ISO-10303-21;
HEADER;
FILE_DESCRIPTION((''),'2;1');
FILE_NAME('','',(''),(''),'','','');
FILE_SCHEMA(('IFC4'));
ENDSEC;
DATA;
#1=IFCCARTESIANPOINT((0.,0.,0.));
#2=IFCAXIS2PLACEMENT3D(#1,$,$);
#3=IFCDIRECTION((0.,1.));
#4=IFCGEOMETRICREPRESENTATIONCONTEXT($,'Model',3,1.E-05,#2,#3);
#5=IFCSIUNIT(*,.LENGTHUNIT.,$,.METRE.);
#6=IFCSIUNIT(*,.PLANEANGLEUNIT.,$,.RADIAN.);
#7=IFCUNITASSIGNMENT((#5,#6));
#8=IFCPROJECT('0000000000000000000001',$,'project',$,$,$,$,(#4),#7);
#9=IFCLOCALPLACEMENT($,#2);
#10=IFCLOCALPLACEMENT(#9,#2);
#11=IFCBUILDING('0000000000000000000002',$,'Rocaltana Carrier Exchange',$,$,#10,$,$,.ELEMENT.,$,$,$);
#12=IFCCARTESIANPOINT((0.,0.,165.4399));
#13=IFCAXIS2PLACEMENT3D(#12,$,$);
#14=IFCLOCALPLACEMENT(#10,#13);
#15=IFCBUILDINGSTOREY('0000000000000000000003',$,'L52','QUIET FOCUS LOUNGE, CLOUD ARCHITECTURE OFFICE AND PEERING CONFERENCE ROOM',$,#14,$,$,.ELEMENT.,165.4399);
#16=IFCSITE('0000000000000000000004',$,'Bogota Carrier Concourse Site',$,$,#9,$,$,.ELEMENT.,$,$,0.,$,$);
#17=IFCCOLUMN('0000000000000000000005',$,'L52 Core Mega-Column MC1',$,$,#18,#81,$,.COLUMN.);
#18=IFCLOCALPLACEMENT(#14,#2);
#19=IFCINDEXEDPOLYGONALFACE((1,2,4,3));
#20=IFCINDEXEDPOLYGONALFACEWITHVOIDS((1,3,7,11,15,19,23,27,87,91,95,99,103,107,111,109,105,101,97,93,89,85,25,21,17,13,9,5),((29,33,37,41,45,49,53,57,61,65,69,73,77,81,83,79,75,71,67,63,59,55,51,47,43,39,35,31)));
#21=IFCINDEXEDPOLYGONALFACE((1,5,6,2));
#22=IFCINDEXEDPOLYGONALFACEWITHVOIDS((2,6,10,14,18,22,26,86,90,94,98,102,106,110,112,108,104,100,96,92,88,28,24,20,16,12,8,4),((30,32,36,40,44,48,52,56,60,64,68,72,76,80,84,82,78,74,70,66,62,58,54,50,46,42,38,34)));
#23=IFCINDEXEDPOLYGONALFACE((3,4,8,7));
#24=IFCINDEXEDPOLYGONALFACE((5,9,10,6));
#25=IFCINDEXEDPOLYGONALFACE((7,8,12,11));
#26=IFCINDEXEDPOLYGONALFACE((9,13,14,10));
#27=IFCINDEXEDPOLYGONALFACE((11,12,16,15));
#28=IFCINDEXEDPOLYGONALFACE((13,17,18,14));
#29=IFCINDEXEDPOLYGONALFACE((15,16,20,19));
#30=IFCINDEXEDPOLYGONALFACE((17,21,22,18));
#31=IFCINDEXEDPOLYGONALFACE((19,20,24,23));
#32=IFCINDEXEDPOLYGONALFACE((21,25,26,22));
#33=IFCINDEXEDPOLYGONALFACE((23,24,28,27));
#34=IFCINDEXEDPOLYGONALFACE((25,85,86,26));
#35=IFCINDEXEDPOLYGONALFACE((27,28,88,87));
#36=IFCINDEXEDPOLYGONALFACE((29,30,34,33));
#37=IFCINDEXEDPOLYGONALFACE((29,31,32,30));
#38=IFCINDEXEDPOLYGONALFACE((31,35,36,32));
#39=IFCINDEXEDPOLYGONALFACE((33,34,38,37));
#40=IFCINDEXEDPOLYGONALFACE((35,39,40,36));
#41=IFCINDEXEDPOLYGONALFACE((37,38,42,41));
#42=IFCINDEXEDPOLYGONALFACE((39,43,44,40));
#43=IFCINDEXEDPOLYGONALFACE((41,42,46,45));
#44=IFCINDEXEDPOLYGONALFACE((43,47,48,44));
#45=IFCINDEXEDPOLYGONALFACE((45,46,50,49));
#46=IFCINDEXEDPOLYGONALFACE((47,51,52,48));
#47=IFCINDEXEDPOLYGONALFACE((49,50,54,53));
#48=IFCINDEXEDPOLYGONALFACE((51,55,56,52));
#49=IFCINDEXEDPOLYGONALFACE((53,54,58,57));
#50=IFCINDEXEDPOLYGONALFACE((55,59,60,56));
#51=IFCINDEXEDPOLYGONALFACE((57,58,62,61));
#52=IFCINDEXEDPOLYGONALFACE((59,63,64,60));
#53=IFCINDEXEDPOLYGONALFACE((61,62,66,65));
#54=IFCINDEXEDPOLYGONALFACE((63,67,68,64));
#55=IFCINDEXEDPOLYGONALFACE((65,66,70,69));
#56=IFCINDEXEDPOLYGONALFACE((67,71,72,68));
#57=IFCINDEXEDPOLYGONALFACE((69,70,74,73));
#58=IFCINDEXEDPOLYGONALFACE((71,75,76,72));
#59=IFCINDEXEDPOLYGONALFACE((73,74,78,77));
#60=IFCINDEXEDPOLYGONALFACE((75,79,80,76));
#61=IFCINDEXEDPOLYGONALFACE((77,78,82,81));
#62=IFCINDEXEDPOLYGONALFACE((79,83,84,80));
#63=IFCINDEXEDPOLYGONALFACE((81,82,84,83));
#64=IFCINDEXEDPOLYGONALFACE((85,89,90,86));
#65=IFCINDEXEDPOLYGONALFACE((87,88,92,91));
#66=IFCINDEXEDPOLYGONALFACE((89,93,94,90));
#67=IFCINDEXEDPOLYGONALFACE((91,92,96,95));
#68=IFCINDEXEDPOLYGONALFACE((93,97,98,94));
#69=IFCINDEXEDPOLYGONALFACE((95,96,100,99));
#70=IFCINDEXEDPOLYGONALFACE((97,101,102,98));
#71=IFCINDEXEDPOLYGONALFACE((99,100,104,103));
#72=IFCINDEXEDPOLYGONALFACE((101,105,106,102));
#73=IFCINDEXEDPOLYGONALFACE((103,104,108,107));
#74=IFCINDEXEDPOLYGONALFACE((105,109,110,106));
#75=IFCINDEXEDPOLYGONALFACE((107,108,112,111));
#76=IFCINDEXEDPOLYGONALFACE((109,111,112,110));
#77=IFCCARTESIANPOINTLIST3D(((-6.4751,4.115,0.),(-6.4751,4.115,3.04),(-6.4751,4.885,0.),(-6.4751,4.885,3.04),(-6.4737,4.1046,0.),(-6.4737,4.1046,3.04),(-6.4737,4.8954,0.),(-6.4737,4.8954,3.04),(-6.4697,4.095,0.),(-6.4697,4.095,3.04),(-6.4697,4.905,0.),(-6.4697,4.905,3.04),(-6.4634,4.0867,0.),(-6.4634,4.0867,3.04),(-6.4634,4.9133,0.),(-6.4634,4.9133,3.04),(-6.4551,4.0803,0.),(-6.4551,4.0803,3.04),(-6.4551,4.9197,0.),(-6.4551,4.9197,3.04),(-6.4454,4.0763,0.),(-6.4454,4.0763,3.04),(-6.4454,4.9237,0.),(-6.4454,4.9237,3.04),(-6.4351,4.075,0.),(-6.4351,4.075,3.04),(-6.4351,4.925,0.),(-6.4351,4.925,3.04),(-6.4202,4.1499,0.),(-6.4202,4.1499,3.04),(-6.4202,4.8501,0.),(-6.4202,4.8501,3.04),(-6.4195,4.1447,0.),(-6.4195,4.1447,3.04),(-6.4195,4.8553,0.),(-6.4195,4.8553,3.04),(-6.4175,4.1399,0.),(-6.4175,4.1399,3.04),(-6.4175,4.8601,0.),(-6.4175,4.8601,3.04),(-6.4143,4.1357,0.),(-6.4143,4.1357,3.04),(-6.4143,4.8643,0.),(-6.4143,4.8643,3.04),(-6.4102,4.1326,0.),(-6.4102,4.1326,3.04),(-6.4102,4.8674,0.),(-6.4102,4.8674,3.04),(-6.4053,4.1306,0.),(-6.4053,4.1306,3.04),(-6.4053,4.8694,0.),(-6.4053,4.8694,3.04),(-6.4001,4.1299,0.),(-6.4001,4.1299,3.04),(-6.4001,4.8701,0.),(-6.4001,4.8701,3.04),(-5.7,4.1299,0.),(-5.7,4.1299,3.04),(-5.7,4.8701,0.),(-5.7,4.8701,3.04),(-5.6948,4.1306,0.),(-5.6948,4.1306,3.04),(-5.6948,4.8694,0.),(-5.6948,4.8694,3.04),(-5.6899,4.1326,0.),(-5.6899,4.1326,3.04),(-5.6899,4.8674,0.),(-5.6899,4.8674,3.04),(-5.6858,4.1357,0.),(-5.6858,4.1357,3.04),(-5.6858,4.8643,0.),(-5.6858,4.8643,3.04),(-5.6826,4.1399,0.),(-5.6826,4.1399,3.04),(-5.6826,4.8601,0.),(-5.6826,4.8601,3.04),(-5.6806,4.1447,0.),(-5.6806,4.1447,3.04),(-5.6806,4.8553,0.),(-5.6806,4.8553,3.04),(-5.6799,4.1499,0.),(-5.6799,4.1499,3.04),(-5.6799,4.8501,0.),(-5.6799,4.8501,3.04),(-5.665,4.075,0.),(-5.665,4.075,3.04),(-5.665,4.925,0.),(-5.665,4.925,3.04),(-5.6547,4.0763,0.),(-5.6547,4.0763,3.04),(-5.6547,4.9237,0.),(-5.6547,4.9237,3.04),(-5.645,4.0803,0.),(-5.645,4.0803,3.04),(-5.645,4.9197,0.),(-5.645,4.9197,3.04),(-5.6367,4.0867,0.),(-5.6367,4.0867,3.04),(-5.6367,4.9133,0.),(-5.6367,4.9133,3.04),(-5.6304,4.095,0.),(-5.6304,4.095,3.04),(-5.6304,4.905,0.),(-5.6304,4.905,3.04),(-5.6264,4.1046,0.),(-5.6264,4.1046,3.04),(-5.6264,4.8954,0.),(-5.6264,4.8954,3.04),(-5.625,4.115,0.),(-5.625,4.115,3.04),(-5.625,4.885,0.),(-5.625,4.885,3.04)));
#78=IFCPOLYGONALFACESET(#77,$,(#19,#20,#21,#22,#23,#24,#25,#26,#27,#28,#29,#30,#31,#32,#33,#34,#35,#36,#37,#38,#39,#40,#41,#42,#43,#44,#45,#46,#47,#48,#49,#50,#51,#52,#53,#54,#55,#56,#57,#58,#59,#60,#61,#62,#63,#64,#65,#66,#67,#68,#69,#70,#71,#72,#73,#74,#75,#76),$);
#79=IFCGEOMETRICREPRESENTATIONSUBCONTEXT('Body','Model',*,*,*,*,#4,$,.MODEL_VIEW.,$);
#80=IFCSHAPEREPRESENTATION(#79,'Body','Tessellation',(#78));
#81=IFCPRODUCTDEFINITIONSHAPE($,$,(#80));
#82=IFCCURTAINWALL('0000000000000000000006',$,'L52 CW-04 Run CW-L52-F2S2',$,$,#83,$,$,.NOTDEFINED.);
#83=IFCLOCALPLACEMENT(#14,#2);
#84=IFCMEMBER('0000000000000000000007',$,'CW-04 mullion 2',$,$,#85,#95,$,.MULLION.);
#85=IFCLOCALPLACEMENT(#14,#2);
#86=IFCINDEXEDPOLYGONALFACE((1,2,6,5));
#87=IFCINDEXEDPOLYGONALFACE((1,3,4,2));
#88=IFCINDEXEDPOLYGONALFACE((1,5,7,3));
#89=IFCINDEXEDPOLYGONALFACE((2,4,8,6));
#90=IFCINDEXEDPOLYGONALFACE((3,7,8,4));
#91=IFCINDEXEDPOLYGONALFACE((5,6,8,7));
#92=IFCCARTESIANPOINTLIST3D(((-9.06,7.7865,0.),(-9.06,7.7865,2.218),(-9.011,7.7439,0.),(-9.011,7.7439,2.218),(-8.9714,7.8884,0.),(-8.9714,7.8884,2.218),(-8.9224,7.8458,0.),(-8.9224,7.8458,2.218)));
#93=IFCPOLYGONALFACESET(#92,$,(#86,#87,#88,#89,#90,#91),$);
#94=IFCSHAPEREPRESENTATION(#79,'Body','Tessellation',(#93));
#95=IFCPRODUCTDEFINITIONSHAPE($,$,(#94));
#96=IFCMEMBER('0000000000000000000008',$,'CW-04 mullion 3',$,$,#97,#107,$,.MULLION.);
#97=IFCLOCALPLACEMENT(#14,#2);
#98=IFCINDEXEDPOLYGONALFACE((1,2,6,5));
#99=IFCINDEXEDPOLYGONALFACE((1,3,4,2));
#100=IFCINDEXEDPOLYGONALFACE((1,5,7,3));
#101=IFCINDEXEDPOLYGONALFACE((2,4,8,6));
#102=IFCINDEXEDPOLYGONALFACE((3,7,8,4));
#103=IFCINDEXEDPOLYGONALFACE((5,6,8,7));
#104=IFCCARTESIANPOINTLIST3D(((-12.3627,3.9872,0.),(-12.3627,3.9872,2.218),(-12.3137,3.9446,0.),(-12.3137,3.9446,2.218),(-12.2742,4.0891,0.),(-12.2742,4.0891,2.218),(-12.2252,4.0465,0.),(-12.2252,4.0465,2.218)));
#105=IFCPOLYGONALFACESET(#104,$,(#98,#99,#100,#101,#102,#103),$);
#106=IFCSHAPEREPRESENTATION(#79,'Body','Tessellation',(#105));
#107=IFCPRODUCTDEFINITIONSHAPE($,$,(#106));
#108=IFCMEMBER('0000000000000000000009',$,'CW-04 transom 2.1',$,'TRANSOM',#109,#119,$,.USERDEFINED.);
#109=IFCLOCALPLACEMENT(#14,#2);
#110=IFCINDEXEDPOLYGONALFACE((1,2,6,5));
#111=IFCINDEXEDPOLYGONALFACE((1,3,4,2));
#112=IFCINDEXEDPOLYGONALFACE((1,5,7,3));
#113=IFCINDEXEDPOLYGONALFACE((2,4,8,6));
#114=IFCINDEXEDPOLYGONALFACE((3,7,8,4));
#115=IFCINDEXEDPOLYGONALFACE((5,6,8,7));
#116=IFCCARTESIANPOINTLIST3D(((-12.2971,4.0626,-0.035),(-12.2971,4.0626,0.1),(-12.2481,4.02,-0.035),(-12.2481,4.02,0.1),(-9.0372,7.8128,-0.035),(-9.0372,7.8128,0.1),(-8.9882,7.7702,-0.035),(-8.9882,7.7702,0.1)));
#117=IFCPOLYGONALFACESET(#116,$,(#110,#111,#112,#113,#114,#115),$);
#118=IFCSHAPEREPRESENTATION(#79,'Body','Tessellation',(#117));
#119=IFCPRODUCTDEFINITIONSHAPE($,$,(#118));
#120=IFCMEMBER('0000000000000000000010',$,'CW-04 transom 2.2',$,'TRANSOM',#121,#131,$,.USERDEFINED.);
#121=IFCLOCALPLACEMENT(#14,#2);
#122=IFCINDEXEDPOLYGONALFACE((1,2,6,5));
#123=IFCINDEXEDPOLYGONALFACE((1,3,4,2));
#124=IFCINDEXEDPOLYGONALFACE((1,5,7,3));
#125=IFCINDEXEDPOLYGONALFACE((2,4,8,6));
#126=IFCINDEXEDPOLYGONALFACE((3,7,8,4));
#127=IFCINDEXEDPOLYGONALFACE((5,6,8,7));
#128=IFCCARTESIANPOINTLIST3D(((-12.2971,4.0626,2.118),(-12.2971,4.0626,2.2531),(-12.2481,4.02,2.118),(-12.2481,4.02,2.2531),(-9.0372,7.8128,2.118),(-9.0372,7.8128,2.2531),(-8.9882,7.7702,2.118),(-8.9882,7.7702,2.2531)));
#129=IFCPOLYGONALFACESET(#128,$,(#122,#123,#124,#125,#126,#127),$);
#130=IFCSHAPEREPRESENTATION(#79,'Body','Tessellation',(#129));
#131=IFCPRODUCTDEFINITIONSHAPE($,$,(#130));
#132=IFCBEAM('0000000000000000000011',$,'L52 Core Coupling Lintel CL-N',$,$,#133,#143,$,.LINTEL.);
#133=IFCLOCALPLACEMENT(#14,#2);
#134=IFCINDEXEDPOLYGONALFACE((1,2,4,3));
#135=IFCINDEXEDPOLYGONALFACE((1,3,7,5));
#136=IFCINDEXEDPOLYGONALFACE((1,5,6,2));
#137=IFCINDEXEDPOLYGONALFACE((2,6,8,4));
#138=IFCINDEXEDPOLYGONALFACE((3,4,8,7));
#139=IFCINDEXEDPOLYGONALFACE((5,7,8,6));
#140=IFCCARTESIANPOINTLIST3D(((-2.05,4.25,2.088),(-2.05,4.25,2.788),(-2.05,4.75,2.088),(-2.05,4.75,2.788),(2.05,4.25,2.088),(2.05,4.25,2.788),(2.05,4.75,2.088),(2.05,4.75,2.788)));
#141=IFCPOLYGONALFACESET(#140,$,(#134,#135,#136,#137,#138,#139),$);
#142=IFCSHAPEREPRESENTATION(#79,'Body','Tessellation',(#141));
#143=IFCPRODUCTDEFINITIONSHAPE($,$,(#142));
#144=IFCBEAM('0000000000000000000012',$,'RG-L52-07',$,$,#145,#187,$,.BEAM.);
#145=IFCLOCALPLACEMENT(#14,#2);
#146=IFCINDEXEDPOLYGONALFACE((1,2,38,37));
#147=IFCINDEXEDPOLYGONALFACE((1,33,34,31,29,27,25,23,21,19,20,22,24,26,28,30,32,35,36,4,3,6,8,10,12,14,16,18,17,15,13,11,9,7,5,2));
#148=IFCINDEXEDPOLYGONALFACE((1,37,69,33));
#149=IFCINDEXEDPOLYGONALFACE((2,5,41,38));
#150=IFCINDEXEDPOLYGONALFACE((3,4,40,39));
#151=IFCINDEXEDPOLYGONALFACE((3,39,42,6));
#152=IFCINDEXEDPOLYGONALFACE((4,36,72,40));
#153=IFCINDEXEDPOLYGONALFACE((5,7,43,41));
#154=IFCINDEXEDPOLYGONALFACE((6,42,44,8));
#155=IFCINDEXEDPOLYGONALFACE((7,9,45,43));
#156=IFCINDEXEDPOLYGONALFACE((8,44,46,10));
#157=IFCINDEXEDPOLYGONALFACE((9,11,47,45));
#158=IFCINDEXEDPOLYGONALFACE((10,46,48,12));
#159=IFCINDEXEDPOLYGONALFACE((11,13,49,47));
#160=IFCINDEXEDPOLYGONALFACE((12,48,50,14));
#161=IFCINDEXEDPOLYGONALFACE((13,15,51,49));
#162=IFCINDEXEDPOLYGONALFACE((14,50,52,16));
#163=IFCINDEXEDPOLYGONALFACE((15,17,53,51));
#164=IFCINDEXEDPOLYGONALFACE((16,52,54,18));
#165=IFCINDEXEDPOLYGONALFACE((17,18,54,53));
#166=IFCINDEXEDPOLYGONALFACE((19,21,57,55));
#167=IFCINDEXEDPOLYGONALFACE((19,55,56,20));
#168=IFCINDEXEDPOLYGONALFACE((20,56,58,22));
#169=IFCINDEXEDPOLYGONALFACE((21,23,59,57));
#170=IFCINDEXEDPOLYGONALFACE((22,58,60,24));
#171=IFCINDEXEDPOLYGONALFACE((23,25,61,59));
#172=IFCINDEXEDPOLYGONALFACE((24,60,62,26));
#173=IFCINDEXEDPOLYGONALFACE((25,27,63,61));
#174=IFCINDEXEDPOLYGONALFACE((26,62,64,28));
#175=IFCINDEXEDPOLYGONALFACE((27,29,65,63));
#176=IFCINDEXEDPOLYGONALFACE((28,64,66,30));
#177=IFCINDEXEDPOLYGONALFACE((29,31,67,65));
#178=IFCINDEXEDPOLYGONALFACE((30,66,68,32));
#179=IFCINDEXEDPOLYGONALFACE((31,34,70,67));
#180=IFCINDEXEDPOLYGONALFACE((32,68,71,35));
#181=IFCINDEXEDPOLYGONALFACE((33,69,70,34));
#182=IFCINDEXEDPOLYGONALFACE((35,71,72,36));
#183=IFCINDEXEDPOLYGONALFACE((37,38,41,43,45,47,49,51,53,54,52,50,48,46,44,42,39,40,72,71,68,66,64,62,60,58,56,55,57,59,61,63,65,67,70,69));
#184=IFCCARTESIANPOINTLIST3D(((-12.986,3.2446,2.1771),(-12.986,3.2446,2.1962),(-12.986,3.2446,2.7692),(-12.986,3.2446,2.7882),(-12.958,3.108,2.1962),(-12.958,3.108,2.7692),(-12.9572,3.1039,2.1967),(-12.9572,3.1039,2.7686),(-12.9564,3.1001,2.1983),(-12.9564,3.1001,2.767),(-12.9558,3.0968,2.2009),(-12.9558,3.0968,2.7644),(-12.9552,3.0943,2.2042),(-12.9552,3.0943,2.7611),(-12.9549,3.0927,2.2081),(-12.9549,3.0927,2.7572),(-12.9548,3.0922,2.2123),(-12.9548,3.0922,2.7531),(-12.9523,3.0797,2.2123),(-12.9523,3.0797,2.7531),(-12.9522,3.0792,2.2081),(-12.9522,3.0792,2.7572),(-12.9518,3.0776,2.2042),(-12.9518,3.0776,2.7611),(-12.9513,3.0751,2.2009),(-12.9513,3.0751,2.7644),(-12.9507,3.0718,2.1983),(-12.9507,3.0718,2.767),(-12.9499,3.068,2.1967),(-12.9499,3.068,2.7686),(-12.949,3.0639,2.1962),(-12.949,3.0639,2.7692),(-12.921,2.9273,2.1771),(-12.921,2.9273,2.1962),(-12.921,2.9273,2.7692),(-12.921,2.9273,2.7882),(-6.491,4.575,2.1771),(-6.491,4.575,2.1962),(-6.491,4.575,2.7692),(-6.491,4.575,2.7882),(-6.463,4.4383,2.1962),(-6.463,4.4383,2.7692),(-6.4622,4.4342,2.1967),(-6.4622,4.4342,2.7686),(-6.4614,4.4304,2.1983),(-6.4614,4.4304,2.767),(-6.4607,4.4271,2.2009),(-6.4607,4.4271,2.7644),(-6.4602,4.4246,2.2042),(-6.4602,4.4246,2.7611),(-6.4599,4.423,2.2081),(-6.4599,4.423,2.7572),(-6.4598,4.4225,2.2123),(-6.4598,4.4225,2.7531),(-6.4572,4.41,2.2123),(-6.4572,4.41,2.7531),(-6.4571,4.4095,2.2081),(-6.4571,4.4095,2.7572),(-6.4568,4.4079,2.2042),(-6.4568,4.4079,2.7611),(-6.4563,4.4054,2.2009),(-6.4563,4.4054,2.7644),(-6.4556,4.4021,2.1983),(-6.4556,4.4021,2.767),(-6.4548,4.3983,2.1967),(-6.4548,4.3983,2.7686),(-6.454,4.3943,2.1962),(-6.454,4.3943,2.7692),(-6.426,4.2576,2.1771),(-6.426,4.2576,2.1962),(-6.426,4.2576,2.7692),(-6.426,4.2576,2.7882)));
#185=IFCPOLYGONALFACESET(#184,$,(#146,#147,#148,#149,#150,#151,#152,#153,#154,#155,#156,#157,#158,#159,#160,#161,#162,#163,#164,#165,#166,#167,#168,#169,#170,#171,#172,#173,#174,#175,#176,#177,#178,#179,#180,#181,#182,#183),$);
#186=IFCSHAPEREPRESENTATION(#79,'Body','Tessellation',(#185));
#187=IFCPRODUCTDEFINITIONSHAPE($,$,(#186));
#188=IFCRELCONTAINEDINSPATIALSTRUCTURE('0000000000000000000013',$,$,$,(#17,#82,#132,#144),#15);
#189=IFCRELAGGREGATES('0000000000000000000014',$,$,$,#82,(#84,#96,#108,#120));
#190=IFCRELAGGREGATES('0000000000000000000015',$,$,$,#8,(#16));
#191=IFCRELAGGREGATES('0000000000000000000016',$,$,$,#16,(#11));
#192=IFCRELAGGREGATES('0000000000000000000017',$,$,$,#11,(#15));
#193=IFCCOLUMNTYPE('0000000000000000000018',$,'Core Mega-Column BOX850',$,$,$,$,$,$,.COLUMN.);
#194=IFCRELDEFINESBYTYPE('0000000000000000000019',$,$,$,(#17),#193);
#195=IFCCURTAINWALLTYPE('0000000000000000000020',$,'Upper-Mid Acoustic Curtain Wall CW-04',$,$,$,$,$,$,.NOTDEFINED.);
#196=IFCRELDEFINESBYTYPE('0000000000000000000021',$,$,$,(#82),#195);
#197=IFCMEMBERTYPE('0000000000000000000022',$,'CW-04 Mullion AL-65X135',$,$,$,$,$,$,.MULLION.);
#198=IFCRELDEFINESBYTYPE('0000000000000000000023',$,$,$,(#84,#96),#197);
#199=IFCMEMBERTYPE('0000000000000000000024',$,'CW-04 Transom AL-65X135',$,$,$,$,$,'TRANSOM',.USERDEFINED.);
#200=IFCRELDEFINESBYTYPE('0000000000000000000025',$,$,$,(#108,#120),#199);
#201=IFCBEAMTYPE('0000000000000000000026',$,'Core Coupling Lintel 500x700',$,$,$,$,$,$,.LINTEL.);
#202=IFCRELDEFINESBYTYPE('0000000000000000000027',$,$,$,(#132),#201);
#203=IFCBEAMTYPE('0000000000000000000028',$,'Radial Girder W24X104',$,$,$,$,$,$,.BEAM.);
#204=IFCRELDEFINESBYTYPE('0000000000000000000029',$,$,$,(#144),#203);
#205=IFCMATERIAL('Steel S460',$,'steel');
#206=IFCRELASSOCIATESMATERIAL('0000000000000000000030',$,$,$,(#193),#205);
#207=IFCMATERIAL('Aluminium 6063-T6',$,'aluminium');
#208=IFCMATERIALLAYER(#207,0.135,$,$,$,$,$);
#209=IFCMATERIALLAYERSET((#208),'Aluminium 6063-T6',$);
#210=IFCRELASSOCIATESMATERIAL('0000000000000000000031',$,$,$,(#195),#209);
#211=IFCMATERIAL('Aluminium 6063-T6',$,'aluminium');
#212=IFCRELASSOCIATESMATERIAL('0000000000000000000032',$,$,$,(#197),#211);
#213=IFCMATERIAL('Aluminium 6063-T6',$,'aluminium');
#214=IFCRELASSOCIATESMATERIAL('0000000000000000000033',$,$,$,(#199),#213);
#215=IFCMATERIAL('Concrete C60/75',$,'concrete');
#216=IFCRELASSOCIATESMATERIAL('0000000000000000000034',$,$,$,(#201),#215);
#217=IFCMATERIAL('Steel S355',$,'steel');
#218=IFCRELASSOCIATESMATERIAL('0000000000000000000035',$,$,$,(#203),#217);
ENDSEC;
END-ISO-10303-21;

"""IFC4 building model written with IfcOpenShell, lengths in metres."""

from ifc_helpers import new_model, si_unit, direction, frame, origin, origin_2d, place, context, subcontext, project, spatial, rectangle, hollow_rectangle, i_section, extrude, material, layer, layer_set, material_profile, profile_set, type_object, element, aggregate, save


model = new_model("IFC4")

# Units and contexts
model_context = context("Model", 3, precision=1e-05, world=origin(), true_north=direction((0.0, 1.0)))
body_context = subcontext(model_context, "Body", "Model", "MODEL_VIEW")
ifc_project = project(units=[si_unit("LENGTHUNIT", "METRE"), si_unit("PLANEANGLEUNIT", "RADIAN")], contexts=[model_context])

# Site, building, storey
site_placement = place(None, origin())
site = spatial("IfcSite", under=ifc_project, at=site_placement, Name="Bogota Carrier Concourse Site", CompositionType="ELEMENT", RefElevation=0.0)
building_placement = place(site_placement, origin())
building = spatial("IfcBuilding", under=site, at=building_placement, Name="Rocaltana Carrier Exchange", CompositionType="ELEMENT")
storey_placement = place(building_placement, frame((0.0, 0.0, 165.4399)))
storey = spatial("IfcBuildingStorey", under=building, at=storey_placement, Name="L52", Description="QUIET FOCUS LOUNGE, CLOUD ARCHITECTURE OFFICE AND PEERING CONFERENCE ROOM", CompositionType="ELEMENT", Elevation=165.4399)

# Column
ifc_material_1 = material(Name="Steel S460", Category="steel")
ifc_material_profile_1 = material_profile(ifc_material_1, hollow_rectangle(XDim=0.8501, YDim=0.8501, WallThickness=0.0549, InnerFilletRadius=0.02, OuterFilletRadius=0.04, at=origin_2d()), Name="BOX850X850X55")
ifc_profile_set_1 = profile_set([ifc_material_profile_1], Name="Steel S460")
column_type = type_object("IfcColumnType", Name="Core Mega-Column BOX850", PredefinedType="COLUMN", material=ifc_profile_set_1)
column_placement = place(storey_placement, frame((-6.05, 4.5, 0.0), z_axis=(0.0, 0.0, 1.0), x_axis=(1.0, 0.0, 0.0)))
element("IfcColumn", 1, at=column_placement, inside=storey, type_object=column_type, Name="L52 Core Mega-Column MC1", PredefinedType="COLUMN", context=body_context, shape_type="SweptSolid", body=[
    extrude(hollow_rectangle(XDim=0.8501, YDim=0.8501, WallThickness=0.0549, InnerFilletRadius=0.02, OuterFilletRadius=0.04, at=origin_2d()), origin(), (0.0, 0.0, 1.0), 3.04),
])

# Curtain wall, members
ifc_material_2 = material(Name="Aluminium 6063-T6", Category="aluminium")
ifc_layer_1 = layer(ifc_material_2, 0.135)
ifc_layer_set_1 = layer_set([ifc_layer_1], Name="Aluminium 6063-T6")
curtain_wall_type = type_object("IfcCurtainWallType", Name="Upper-Mid Acoustic Curtain Wall CW-04", PredefinedType="NOTDEFINED", material=ifc_layer_set_1)
curtain_wall_placement = place(storey_placement, origin())
curtain_wall = element("IfcCurtainWall", 2, at=curtain_wall_placement, inside=storey, type_object=curtain_wall_type, Name="L52 CW-04 Run CW-L52-F2S2", PredefinedType="NOTDEFINED")
ifc_material_3 = material(Name="Aluminium 6063-T6", Category="aluminium")
ifc_material_profile_2 = material_profile(ifc_material_3, rectangle(XDim=0.0649, YDim=0.135, at=origin_2d()), Name="AL-65X135")
ifc_profile_set_2 = profile_set([ifc_material_profile_2], Name="Aluminium 6063-T6")
member_type_1 = type_object("IfcMemberType", Name="CW-04 Mullion AL-65X135", PredefinedType="MULLION", material=ifc_profile_set_2)
member_1_placement = place(storey_placement, frame((-8.9912, 7.8162, 0.0), z_axis=(0.0, 0.0, 1.0), x_axis=(0.754712, -0.656057, 0.0)))
member_1 = element("IfcMember", 3, at=member_1_placement, type_object=member_type_1, Name="CW-04 mullion 2", PredefinedType="MULLION", context=body_context, shape_type="SweptSolid", body=[
    extrude(rectangle(XDim=0.0649, YDim=0.135, at=origin_2d()), origin(), (0.0, 0.0, 1.0), 2.218),
])
member_2_placement = place(storey_placement, frame((-12.2939, 4.0168, 0.0), z_axis=(0.0, 0.0, 1.0), x_axis=(0.754712, -0.656057, 0.0)))
member_2 = element("IfcMember", 4, at=member_2_placement, type_object=member_type_1, Name="CW-04 mullion 3", PredefinedType="MULLION", context=body_context, shape_type="SweptSolid", body=[
    extrude(rectangle(XDim=0.0649, YDim=0.135, at=origin_2d()), origin(), (0.0, 0.0, 1.0), 2.218),
])
ifc_material_4 = material(Name="Aluminium 6063-T6", Category="aluminium")
ifc_material_profile_3 = material_profile(ifc_material_4, rectangle(XDim=0.0649, YDim=0.135, at=origin_2d()), Name="AL-65X135")
ifc_profile_set_3 = profile_set([ifc_material_profile_3], Name="Aluminium 6063-T6")
member_type_2 = type_object("IfcMemberType", Name="CW-04 Transom AL-65X135", ElementType="TRANSOM", PredefinedType="USERDEFINED", material=ifc_profile_set_3)
member_3_placement = place(storey_placement, frame((-9.0127, 7.7915, 0.0325), z_axis=(-0.656056, -0.754712, 0.0), x_axis=(0.754712, -0.656056, 0.0)))
member_3 = element("IfcMember", 5, at=member_3_placement, type_object=member_type_2, Name="CW-04 transom 2.1", ObjectType="TRANSOM", PredefinedType="USERDEFINED", context=body_context, shape_type="SweptSolid", body=[
    extrude(rectangle(XDim=0.0649, YDim=0.135, at=origin_2d()), origin(), (0.0, 0.0, 1.0), 4.969),
])
member_4_placement = place(storey_placement, frame((-9.0127, 7.7915, 2.1855), z_axis=(-0.656056, -0.754712, 0.0), x_axis=(0.754712, -0.656056, 0.0)))
member_4 = element("IfcMember", 6, at=member_4_placement, type_object=member_type_2, Name="CW-04 transom 2.2", ObjectType="TRANSOM", PredefinedType="USERDEFINED", context=body_context, shape_type="SweptSolid", body=[
    extrude(rectangle(XDim=0.0649, YDim=0.135, at=origin_2d()), origin(), (0.0, 0.0, 1.0), 4.969),
])

# Beams
ifc_material_5 = material(Name="Concrete C60/75", Category="concrete")
ifc_material_profile_4 = material_profile(ifc_material_5, rectangle(XDim=0.5, YDim=0.7, at=origin_2d()), Name="RC-BM-500X700")
ifc_profile_set_4 = profile_set([ifc_material_profile_4], Name="Concrete C60/75")
beam_type_1 = type_object("IfcBeamType", Name="Core Coupling Lintel 500x700", PredefinedType="LINTEL", material=ifc_profile_set_4)
beam_1_placement = place(storey_placement, frame((-2.05, 4.5, 2.438), z_axis=(1.0, 0.0, 0.0), x_axis=(0.0, 1.0, 0.0)))
element("IfcBeam", 7, at=beam_1_placement, inside=storey, type_object=beam_type_1, Name="L52 Core Coupling Lintel CL-N", PredefinedType="LINTEL", context=body_context, shape_type="SweptSolid", body=[
    extrude(rectangle(XDim=0.5, YDim=0.7, at=origin_2d()), origin(), (0.0, 0.0, 1.0), 4.1001),
])
ifc_material_6 = material(Name="Steel S355", Category="steel")
ifc_material_profile_5 = material_profile(ifc_material_6, i_section(OverallWidth=0.324, OverallDepth=0.6111, WebThickness=0.0127, FlangeThickness=0.019, FilletRadius=0.0161, at=origin_2d()), Name="W24X104")
ifc_profile_set_5 = profile_set([ifc_material_profile_5], Name="Steel S355")
beam_type_2 = type_object("IfcBeamType", Name="Radial Girder W24X104", PredefinedType="BEAM", material=ifc_profile_set_5)
beam_2_placement = place(storey_placement, frame((-6.4585, 4.4163, 2.4827), z_axis=(-0.979662, -0.200653, 0.0), x_axis=(0.200653, -0.979662, 0.0)))
element("IfcBeam", 8, at=beam_2_placement, inside=storey, type_object=beam_type_2, Name="RG-L52-07", PredefinedType="BEAM", context=body_context, shape_type="SweptSolid", body=[
    extrude(i_section(OverallWidth=0.324, OverallDepth=0.6111, WebThickness=0.0127, FlangeThickness=0.019, FilletRadius=0.0161, at=origin_2d()), origin(), (0.0, 0.0, 1.0), 6.6299),
])

aggregate(curtain_wall, [member_1, member_2, member_3, member_4])

save(model, "model.ifc")
